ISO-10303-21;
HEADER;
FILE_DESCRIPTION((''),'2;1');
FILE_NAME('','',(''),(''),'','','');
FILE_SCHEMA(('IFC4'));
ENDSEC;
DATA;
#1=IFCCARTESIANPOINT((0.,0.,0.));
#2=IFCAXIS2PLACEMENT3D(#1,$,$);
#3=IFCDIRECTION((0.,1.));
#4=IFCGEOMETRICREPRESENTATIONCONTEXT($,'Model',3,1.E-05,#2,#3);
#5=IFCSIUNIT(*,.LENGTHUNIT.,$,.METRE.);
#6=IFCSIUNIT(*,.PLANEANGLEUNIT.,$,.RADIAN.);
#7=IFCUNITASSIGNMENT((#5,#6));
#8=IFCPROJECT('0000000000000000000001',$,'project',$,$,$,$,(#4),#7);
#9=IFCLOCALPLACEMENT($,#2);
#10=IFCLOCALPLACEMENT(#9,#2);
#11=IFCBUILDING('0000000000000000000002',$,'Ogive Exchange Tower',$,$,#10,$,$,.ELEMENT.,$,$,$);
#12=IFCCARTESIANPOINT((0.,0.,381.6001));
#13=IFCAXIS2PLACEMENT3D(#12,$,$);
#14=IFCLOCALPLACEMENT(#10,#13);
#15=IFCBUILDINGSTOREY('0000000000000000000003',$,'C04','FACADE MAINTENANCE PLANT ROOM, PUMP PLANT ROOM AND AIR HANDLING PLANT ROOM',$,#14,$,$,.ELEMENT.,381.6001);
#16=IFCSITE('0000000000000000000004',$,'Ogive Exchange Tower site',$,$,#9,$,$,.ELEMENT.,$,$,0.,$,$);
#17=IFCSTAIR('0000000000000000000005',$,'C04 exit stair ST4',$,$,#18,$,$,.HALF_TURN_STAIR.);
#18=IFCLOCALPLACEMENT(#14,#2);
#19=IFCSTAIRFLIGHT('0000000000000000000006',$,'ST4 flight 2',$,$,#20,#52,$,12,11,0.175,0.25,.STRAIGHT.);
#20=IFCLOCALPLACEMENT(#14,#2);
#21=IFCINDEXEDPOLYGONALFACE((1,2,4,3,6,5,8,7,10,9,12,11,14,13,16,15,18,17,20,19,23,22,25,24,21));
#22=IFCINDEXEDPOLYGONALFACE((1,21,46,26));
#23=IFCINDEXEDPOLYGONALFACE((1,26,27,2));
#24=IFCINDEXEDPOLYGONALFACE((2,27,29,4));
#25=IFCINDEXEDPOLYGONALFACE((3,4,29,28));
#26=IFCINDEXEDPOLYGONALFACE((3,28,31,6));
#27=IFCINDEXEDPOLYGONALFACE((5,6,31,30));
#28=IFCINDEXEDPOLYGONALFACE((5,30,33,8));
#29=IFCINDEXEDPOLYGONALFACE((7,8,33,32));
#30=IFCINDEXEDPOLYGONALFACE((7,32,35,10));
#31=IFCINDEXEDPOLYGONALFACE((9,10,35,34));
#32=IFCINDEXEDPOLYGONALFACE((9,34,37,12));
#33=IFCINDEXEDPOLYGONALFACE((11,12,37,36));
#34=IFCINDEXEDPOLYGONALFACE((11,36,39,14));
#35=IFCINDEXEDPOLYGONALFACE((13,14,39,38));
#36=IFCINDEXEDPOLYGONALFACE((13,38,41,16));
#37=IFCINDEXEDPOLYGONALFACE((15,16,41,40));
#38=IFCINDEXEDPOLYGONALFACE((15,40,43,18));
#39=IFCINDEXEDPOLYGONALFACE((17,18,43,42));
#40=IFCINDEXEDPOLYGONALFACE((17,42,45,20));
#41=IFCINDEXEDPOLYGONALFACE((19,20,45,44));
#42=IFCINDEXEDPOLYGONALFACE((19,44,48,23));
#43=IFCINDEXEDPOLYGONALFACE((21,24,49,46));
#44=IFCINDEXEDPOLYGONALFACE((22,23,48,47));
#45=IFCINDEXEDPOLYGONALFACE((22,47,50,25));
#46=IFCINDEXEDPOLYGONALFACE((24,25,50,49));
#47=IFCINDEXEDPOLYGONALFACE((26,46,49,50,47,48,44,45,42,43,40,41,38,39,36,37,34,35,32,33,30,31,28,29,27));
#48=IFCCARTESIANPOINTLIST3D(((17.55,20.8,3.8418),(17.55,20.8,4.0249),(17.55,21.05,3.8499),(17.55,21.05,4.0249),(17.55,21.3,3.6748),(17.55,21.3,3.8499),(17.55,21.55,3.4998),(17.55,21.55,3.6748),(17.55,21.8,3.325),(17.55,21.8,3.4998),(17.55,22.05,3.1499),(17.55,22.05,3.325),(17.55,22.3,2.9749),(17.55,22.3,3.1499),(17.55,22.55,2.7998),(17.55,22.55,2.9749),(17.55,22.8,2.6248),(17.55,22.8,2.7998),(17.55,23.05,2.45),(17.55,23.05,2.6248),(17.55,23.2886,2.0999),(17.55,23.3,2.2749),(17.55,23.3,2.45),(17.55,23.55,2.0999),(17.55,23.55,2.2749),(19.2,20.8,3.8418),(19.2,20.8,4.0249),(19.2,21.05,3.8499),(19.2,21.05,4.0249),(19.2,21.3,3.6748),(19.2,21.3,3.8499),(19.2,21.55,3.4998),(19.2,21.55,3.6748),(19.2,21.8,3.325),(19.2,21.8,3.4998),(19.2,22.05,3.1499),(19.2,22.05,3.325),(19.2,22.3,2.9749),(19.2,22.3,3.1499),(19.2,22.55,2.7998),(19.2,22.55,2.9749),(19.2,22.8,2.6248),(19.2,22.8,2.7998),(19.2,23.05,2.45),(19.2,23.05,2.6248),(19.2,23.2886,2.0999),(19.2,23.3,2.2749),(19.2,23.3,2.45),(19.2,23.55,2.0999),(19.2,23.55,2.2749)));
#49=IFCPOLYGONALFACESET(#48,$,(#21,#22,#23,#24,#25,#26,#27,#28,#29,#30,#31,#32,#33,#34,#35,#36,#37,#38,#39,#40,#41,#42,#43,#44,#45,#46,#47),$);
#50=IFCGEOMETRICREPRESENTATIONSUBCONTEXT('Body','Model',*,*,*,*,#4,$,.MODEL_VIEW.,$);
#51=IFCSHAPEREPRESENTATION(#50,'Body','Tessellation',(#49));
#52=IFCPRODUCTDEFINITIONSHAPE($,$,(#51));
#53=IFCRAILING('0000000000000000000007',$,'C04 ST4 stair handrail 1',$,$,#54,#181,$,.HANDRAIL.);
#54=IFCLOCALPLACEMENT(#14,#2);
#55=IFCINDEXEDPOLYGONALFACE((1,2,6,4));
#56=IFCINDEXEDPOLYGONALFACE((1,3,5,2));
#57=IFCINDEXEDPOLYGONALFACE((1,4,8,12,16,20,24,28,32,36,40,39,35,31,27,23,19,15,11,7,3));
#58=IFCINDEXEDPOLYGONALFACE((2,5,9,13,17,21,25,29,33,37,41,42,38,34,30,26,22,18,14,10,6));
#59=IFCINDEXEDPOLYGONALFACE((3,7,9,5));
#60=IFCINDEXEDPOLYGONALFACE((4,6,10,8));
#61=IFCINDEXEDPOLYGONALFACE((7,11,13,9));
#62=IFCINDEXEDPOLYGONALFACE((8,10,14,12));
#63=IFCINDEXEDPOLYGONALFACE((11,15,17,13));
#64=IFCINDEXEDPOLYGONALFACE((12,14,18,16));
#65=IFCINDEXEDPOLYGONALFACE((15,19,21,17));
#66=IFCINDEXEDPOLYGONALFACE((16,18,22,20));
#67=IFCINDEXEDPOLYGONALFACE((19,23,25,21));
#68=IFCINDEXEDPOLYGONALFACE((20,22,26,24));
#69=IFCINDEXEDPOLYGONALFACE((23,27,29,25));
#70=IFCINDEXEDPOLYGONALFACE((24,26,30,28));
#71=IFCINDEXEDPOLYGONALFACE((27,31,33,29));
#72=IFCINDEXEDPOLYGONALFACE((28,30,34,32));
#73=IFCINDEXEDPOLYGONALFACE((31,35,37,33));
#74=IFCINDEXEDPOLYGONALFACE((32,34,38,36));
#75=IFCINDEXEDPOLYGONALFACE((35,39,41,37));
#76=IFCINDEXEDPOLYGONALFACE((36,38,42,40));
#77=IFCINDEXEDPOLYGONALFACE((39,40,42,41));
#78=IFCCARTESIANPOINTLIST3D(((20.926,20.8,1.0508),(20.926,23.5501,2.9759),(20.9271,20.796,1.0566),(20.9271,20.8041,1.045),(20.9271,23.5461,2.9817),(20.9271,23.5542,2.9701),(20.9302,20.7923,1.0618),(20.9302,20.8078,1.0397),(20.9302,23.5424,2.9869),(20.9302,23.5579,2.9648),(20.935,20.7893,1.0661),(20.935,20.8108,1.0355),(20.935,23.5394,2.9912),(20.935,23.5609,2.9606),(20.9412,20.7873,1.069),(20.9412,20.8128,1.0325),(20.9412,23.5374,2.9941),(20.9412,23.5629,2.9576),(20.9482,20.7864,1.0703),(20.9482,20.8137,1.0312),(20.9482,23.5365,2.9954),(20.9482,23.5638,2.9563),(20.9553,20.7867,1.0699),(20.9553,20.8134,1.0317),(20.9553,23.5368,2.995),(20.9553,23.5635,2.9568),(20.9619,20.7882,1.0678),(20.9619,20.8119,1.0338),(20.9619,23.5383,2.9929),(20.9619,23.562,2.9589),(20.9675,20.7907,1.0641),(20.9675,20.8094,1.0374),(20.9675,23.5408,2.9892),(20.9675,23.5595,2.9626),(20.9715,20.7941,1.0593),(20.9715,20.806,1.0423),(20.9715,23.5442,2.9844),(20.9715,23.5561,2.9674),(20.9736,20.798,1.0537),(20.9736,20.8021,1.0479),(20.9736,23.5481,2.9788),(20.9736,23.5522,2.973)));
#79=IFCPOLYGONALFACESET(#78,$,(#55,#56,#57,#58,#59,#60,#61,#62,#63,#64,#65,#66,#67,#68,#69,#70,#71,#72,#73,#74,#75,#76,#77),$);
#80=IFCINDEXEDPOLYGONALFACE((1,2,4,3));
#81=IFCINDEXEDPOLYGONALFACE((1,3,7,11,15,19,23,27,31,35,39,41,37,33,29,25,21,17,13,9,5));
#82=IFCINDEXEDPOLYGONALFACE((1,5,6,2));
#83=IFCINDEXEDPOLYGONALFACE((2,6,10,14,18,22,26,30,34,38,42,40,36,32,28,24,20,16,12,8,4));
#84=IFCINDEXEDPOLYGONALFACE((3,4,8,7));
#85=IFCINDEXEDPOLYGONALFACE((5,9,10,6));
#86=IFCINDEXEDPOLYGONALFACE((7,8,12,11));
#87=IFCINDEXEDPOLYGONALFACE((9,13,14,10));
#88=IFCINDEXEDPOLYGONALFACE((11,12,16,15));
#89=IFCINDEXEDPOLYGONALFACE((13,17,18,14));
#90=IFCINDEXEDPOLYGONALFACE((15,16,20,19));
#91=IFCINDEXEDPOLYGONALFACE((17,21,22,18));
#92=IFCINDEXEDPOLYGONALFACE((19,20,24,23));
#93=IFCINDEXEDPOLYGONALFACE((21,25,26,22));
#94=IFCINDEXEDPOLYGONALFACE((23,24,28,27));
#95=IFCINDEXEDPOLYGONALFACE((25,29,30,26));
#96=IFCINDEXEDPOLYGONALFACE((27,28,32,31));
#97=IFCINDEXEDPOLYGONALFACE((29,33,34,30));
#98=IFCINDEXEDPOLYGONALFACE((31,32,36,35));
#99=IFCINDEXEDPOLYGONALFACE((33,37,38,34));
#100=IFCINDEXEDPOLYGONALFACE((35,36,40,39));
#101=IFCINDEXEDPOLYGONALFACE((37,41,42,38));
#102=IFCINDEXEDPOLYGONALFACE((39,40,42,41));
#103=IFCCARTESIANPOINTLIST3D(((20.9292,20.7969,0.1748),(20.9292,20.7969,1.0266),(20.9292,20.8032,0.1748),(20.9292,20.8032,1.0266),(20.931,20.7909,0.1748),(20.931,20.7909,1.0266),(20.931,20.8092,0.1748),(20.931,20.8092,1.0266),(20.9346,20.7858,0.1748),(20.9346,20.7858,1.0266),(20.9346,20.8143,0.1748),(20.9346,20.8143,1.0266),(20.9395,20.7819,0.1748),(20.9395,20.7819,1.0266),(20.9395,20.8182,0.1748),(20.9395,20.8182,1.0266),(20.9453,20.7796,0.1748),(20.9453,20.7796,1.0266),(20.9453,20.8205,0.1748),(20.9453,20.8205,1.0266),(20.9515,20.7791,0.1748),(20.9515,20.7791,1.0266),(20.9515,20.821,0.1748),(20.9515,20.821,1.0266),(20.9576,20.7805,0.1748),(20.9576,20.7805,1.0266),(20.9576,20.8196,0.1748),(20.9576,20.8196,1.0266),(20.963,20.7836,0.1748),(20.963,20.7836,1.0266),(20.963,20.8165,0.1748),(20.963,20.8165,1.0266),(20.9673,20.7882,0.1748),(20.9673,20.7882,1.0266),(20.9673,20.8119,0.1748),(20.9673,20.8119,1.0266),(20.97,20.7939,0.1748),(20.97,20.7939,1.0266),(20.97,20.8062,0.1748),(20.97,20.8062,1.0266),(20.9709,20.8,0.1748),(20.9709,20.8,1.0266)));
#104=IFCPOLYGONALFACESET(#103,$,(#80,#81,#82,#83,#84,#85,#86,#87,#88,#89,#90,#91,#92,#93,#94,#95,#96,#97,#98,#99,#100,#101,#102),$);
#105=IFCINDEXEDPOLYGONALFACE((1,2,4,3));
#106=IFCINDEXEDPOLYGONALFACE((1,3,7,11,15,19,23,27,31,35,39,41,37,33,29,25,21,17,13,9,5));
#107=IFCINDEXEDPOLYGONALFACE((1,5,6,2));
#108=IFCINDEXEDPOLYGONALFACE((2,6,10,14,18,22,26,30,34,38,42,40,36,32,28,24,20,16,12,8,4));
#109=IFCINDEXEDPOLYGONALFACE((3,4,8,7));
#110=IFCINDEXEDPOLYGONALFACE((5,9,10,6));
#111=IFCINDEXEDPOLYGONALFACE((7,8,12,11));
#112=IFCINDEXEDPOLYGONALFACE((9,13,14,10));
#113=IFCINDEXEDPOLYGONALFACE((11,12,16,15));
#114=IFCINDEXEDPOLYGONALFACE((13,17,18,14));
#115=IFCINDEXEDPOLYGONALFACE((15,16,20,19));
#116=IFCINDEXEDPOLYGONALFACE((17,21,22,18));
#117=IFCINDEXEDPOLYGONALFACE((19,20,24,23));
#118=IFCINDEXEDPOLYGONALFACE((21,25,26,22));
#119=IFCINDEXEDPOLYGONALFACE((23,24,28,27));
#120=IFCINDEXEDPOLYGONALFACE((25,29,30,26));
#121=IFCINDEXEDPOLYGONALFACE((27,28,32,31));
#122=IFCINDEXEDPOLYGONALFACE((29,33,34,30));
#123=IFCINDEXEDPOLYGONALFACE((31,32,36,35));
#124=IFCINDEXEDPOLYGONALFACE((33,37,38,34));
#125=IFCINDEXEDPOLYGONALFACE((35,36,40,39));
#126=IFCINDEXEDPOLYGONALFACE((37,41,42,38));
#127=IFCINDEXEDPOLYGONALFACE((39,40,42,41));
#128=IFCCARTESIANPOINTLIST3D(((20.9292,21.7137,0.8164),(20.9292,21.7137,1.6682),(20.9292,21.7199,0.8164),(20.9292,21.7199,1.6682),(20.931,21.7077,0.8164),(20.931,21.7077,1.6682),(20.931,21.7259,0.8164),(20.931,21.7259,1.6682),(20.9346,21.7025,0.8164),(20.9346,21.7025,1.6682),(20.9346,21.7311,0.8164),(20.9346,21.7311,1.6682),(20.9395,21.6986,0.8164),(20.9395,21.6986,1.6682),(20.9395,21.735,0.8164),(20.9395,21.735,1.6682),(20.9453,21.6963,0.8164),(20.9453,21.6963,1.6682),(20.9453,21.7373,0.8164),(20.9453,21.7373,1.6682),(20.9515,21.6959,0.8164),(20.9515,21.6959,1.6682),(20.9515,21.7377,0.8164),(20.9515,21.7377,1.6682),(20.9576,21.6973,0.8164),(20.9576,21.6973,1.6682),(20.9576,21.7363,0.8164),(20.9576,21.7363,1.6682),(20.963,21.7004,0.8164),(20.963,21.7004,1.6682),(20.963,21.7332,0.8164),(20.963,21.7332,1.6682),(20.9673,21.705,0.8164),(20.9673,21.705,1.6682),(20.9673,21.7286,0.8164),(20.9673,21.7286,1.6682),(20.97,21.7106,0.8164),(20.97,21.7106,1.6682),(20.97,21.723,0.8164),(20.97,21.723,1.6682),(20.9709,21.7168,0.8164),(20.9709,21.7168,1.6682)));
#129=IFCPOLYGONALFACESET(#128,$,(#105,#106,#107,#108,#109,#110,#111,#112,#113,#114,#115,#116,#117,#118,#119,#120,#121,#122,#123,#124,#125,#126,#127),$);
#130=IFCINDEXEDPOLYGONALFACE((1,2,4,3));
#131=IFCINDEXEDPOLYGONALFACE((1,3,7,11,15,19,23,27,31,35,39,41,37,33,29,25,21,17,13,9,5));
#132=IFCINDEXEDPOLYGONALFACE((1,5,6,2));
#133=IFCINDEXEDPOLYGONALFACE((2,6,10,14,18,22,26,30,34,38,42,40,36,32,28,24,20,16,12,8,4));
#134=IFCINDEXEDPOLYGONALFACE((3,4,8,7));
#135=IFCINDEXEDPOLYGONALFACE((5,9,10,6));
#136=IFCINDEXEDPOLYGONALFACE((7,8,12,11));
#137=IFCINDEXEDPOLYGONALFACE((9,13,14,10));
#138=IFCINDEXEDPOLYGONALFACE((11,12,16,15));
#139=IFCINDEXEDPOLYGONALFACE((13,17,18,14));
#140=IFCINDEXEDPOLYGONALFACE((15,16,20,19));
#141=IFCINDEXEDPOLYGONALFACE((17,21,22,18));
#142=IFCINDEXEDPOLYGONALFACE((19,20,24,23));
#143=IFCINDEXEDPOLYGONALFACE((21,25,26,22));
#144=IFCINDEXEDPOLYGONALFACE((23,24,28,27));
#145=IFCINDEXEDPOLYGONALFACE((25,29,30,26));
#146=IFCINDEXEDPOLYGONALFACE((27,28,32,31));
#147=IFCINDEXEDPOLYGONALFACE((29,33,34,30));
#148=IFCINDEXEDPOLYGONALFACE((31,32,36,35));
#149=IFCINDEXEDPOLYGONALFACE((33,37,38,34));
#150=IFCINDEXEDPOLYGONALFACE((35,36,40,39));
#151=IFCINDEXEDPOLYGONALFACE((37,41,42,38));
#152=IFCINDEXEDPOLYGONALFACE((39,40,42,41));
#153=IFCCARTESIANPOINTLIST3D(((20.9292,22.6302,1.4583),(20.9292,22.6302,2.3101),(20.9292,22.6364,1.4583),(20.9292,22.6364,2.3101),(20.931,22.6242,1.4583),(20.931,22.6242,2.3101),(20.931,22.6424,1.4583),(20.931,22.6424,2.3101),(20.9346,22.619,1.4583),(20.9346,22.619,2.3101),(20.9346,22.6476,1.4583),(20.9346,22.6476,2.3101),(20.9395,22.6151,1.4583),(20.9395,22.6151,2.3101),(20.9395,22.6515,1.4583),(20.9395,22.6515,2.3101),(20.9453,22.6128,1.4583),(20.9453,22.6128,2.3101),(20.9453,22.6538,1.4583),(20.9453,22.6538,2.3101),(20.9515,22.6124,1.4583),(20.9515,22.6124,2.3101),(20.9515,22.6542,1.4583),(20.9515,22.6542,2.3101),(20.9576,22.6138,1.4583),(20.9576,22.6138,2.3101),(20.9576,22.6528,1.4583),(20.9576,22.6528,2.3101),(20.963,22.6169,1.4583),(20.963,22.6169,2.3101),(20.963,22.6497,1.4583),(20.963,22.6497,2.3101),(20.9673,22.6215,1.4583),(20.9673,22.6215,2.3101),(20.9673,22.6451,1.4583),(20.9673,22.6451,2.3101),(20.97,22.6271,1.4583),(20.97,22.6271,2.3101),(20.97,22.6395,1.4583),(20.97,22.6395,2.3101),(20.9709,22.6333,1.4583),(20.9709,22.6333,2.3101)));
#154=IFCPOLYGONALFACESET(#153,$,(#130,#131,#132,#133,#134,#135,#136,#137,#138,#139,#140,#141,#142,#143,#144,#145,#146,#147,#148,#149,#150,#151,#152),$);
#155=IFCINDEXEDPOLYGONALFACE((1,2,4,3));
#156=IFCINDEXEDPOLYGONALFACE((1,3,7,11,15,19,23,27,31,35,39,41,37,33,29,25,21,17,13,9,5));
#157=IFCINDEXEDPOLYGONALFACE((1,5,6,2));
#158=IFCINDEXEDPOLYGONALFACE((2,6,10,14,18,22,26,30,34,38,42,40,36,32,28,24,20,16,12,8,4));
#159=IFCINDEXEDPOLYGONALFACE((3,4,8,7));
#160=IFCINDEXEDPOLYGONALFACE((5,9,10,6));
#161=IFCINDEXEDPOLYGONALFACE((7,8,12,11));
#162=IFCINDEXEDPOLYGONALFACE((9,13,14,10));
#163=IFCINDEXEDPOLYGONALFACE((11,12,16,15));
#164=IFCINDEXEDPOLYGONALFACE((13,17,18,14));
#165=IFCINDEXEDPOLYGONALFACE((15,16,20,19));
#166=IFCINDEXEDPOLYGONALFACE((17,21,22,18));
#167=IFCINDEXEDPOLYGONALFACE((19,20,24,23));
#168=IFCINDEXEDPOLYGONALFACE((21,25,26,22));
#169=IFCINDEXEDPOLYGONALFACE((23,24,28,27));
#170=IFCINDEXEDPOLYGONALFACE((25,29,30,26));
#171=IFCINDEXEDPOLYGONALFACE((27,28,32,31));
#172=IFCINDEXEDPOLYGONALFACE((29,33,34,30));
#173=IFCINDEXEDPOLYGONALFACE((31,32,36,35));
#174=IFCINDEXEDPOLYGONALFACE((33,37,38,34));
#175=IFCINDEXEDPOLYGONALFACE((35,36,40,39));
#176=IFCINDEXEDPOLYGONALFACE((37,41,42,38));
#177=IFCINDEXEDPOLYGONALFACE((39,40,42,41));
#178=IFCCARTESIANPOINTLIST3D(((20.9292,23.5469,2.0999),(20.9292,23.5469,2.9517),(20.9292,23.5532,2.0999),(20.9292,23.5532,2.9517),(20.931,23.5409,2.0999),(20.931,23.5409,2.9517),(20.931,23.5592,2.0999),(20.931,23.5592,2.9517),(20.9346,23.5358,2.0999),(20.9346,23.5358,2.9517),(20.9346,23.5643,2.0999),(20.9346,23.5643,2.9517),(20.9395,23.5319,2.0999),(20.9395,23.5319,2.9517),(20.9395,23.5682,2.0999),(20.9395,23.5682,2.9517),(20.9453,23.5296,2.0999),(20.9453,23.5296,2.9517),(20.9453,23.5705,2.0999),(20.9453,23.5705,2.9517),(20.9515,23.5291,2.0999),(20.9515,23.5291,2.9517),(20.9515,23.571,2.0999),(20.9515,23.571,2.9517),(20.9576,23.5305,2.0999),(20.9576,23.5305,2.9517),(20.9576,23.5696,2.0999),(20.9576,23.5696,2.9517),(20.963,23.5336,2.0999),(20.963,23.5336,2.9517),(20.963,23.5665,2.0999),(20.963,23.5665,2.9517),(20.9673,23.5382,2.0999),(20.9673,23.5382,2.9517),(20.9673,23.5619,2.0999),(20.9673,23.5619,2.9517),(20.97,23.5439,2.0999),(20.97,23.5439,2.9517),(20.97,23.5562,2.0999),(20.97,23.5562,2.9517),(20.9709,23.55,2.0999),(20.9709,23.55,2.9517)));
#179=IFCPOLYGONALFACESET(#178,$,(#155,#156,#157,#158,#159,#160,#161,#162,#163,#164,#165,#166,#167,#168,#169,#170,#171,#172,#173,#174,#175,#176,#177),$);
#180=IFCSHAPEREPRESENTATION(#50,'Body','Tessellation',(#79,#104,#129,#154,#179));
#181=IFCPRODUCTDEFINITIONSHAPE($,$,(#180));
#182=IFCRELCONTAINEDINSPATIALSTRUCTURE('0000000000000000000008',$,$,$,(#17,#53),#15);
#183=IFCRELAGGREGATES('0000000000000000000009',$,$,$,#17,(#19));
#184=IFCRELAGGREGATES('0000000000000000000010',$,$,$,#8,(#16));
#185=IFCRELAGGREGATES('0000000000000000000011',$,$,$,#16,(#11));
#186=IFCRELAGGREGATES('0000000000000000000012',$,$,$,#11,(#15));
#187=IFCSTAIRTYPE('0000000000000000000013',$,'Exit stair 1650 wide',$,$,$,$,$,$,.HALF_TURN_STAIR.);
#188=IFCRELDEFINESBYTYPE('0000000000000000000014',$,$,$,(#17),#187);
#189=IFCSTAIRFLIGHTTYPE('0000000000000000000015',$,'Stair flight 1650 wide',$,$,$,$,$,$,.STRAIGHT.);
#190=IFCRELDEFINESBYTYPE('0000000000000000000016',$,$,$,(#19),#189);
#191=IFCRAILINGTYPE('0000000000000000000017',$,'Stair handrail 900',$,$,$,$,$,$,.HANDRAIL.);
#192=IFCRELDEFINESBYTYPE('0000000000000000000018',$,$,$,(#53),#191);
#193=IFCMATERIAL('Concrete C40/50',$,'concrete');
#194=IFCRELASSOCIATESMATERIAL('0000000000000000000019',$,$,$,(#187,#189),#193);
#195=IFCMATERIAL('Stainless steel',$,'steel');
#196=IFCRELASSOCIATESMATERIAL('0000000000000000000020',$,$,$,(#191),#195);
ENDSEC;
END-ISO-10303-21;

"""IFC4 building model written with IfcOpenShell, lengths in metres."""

from ifc_helpers import new_model, si_unit, direction, frame, origin, origin_2d, place, context, subcontext, project, spatial, polyline, circle, outline, extrude, material, type_object, element, aggregate, save


model = new_model("IFC4")

# Units and contexts
model_context = context("Model", 3, precision=1e-05, world=origin(), true_north=direction((0.0, 1.0)))
body_context = subcontext(model_context, "Body", "Model", "MODEL_VIEW")
ifc_project = project(units=[si_unit("LENGTHUNIT", "METRE"), si_unit("PLANEANGLEUNIT", "RADIAN")], contexts=[model_context])

# Site, building, storey
site_placement = place(None, origin())
site = spatial("IfcSite", under=ifc_project, at=site_placement, Name="Ogive Exchange Tower site", CompositionType="ELEMENT", RefElevation=0.0)
building_placement = place(site_placement, origin())
building = spatial("IfcBuilding", under=site, at=building_placement, Name="Ogive Exchange Tower", CompositionType="ELEMENT")
storey_placement = place(building_placement, frame((0.0, 0.0, 381.6001)))
storey = spatial("IfcBuildingStorey", under=building, at=storey_placement, Name="C04", Description="FACADE MAINTENANCE PLANT ROOM, PUMP PLANT ROOM AND AIR HANDLING PLANT ROOM", CompositionType="ELEMENT", Elevation=381.6001)

# Stair, stair flight
ifc_material_1 = material(Name="Concrete C40/50", Category="concrete")
stair_type = type_object("IfcStairType", Name="Exit stair 1650 wide", PredefinedType="HALF_TURN_STAIR", material=ifc_material_1)
stair_placement = place(storey_placement, origin())
stair = element("IfcStair", 1, at=stair_placement, inside=storey, type_object=stair_type, Name="C04 exit stair ST4", PredefinedType="HALF_TURN_STAIR")
stair_flight_type = type_object("IfcStairFlightType", Name="Stair flight 1650 wide", PredefinedType="STRAIGHT", material=ifc_material_1)
stair_flight_1_placement = place(storey_placement, frame((18.375, 23.55, 2.0999), z_axis=(0.0, 0.0, 1.0), x_axis=(0.0, -1.0, 0.0)))
stair_flight_1 = element("IfcStairFlight", 2, at=stair_flight_1_placement, type_object=stair_flight_type, Name="ST4 flight 2", NumberOfRisers=12, NumberOfTreads=11, PredefinedType="STRAIGHT", RiserHeight=0.175, TreadLength=0.25, context=body_context, shape_type="SweptSolid", body=[
    extrude(outline(polyline([(0.0, 0.0), (0.0, 0.175), (0.25, 0.175), (0.25, 0.3501), (0.5, 0.3501), (0.5, 0.5249), (0.75, 0.5249), (0.75, 0.7), (1.0, 0.7), (1.0, 0.875), (1.25, 0.875), (1.25, 1.05), (1.5, 1.05), (1.5, 1.2251), (1.75, 1.2251), (1.75, 1.3999), (2.0, 1.3999), (2.0, 1.575), (2.25, 1.575), (2.25, 1.75), (2.5, 1.75), (2.5, 1.925), (2.75, 1.925), (2.75, 2.1001), (2.75, 1.7419), (0.2615, 0.0), (0.0, 0.0)])), frame((0.0, 0.825, 0.0), z_axis=(0.0, -1.0, 0.0), x_axis=(1.0, 0.0, 0.0)), (0.0, 0.0, 1.0), 1.6499),
])
aggregate(stair, [stair_flight_1])

# Railing
ifc_material_2 = material(Name="Stainless steel", Category="steel")
railing_type = type_object("IfcRailingType", Name="Stair handrail 900", PredefinedType="HANDRAIL", material=ifc_material_2)
railing_1_placement = place(storey_placement, frame((20.95, 20.8, 0.1748)))
element("IfcRailing", 3, at=railing_1_placement, inside=storey, type_object=railing_type, Name="C04 ST4 stair handrail 1", PredefinedType="HANDRAIL", context=body_context, shape_type="SweptSolid", body=[
    extrude(circle(Radius=0.0239, at=origin_2d()), frame((0.0, 0.0, 0.876), z_axis=(0.0, 0.819225, 0.573472), x_axis=(-1.0, 0.0, 0.0)), (0.0, 0.0, 1.0), 3.3569),
    extrude(circle(Radius=0.021, at=origin_2d()), origin(), (0.0, 0.0, 1.0), 0.8518),
    extrude(circle(Radius=0.021, at=origin_2d()), frame((0.0, 0.9167, 0.6416)), (0.0, 0.0, 1.0), 0.8518),
    extrude(circle(Radius=0.021, at=origin_2d()), frame((0.0, 1.8333, 1.2834)), (0.0, 0.0, 1.0), 0.8518),
    extrude(circle(Radius=0.021, at=origin_2d()), frame((0.0, 2.75, 1.925)), (0.0, 0.0, 1.0), 0.8518),
])

save(model, "model.ifc")
